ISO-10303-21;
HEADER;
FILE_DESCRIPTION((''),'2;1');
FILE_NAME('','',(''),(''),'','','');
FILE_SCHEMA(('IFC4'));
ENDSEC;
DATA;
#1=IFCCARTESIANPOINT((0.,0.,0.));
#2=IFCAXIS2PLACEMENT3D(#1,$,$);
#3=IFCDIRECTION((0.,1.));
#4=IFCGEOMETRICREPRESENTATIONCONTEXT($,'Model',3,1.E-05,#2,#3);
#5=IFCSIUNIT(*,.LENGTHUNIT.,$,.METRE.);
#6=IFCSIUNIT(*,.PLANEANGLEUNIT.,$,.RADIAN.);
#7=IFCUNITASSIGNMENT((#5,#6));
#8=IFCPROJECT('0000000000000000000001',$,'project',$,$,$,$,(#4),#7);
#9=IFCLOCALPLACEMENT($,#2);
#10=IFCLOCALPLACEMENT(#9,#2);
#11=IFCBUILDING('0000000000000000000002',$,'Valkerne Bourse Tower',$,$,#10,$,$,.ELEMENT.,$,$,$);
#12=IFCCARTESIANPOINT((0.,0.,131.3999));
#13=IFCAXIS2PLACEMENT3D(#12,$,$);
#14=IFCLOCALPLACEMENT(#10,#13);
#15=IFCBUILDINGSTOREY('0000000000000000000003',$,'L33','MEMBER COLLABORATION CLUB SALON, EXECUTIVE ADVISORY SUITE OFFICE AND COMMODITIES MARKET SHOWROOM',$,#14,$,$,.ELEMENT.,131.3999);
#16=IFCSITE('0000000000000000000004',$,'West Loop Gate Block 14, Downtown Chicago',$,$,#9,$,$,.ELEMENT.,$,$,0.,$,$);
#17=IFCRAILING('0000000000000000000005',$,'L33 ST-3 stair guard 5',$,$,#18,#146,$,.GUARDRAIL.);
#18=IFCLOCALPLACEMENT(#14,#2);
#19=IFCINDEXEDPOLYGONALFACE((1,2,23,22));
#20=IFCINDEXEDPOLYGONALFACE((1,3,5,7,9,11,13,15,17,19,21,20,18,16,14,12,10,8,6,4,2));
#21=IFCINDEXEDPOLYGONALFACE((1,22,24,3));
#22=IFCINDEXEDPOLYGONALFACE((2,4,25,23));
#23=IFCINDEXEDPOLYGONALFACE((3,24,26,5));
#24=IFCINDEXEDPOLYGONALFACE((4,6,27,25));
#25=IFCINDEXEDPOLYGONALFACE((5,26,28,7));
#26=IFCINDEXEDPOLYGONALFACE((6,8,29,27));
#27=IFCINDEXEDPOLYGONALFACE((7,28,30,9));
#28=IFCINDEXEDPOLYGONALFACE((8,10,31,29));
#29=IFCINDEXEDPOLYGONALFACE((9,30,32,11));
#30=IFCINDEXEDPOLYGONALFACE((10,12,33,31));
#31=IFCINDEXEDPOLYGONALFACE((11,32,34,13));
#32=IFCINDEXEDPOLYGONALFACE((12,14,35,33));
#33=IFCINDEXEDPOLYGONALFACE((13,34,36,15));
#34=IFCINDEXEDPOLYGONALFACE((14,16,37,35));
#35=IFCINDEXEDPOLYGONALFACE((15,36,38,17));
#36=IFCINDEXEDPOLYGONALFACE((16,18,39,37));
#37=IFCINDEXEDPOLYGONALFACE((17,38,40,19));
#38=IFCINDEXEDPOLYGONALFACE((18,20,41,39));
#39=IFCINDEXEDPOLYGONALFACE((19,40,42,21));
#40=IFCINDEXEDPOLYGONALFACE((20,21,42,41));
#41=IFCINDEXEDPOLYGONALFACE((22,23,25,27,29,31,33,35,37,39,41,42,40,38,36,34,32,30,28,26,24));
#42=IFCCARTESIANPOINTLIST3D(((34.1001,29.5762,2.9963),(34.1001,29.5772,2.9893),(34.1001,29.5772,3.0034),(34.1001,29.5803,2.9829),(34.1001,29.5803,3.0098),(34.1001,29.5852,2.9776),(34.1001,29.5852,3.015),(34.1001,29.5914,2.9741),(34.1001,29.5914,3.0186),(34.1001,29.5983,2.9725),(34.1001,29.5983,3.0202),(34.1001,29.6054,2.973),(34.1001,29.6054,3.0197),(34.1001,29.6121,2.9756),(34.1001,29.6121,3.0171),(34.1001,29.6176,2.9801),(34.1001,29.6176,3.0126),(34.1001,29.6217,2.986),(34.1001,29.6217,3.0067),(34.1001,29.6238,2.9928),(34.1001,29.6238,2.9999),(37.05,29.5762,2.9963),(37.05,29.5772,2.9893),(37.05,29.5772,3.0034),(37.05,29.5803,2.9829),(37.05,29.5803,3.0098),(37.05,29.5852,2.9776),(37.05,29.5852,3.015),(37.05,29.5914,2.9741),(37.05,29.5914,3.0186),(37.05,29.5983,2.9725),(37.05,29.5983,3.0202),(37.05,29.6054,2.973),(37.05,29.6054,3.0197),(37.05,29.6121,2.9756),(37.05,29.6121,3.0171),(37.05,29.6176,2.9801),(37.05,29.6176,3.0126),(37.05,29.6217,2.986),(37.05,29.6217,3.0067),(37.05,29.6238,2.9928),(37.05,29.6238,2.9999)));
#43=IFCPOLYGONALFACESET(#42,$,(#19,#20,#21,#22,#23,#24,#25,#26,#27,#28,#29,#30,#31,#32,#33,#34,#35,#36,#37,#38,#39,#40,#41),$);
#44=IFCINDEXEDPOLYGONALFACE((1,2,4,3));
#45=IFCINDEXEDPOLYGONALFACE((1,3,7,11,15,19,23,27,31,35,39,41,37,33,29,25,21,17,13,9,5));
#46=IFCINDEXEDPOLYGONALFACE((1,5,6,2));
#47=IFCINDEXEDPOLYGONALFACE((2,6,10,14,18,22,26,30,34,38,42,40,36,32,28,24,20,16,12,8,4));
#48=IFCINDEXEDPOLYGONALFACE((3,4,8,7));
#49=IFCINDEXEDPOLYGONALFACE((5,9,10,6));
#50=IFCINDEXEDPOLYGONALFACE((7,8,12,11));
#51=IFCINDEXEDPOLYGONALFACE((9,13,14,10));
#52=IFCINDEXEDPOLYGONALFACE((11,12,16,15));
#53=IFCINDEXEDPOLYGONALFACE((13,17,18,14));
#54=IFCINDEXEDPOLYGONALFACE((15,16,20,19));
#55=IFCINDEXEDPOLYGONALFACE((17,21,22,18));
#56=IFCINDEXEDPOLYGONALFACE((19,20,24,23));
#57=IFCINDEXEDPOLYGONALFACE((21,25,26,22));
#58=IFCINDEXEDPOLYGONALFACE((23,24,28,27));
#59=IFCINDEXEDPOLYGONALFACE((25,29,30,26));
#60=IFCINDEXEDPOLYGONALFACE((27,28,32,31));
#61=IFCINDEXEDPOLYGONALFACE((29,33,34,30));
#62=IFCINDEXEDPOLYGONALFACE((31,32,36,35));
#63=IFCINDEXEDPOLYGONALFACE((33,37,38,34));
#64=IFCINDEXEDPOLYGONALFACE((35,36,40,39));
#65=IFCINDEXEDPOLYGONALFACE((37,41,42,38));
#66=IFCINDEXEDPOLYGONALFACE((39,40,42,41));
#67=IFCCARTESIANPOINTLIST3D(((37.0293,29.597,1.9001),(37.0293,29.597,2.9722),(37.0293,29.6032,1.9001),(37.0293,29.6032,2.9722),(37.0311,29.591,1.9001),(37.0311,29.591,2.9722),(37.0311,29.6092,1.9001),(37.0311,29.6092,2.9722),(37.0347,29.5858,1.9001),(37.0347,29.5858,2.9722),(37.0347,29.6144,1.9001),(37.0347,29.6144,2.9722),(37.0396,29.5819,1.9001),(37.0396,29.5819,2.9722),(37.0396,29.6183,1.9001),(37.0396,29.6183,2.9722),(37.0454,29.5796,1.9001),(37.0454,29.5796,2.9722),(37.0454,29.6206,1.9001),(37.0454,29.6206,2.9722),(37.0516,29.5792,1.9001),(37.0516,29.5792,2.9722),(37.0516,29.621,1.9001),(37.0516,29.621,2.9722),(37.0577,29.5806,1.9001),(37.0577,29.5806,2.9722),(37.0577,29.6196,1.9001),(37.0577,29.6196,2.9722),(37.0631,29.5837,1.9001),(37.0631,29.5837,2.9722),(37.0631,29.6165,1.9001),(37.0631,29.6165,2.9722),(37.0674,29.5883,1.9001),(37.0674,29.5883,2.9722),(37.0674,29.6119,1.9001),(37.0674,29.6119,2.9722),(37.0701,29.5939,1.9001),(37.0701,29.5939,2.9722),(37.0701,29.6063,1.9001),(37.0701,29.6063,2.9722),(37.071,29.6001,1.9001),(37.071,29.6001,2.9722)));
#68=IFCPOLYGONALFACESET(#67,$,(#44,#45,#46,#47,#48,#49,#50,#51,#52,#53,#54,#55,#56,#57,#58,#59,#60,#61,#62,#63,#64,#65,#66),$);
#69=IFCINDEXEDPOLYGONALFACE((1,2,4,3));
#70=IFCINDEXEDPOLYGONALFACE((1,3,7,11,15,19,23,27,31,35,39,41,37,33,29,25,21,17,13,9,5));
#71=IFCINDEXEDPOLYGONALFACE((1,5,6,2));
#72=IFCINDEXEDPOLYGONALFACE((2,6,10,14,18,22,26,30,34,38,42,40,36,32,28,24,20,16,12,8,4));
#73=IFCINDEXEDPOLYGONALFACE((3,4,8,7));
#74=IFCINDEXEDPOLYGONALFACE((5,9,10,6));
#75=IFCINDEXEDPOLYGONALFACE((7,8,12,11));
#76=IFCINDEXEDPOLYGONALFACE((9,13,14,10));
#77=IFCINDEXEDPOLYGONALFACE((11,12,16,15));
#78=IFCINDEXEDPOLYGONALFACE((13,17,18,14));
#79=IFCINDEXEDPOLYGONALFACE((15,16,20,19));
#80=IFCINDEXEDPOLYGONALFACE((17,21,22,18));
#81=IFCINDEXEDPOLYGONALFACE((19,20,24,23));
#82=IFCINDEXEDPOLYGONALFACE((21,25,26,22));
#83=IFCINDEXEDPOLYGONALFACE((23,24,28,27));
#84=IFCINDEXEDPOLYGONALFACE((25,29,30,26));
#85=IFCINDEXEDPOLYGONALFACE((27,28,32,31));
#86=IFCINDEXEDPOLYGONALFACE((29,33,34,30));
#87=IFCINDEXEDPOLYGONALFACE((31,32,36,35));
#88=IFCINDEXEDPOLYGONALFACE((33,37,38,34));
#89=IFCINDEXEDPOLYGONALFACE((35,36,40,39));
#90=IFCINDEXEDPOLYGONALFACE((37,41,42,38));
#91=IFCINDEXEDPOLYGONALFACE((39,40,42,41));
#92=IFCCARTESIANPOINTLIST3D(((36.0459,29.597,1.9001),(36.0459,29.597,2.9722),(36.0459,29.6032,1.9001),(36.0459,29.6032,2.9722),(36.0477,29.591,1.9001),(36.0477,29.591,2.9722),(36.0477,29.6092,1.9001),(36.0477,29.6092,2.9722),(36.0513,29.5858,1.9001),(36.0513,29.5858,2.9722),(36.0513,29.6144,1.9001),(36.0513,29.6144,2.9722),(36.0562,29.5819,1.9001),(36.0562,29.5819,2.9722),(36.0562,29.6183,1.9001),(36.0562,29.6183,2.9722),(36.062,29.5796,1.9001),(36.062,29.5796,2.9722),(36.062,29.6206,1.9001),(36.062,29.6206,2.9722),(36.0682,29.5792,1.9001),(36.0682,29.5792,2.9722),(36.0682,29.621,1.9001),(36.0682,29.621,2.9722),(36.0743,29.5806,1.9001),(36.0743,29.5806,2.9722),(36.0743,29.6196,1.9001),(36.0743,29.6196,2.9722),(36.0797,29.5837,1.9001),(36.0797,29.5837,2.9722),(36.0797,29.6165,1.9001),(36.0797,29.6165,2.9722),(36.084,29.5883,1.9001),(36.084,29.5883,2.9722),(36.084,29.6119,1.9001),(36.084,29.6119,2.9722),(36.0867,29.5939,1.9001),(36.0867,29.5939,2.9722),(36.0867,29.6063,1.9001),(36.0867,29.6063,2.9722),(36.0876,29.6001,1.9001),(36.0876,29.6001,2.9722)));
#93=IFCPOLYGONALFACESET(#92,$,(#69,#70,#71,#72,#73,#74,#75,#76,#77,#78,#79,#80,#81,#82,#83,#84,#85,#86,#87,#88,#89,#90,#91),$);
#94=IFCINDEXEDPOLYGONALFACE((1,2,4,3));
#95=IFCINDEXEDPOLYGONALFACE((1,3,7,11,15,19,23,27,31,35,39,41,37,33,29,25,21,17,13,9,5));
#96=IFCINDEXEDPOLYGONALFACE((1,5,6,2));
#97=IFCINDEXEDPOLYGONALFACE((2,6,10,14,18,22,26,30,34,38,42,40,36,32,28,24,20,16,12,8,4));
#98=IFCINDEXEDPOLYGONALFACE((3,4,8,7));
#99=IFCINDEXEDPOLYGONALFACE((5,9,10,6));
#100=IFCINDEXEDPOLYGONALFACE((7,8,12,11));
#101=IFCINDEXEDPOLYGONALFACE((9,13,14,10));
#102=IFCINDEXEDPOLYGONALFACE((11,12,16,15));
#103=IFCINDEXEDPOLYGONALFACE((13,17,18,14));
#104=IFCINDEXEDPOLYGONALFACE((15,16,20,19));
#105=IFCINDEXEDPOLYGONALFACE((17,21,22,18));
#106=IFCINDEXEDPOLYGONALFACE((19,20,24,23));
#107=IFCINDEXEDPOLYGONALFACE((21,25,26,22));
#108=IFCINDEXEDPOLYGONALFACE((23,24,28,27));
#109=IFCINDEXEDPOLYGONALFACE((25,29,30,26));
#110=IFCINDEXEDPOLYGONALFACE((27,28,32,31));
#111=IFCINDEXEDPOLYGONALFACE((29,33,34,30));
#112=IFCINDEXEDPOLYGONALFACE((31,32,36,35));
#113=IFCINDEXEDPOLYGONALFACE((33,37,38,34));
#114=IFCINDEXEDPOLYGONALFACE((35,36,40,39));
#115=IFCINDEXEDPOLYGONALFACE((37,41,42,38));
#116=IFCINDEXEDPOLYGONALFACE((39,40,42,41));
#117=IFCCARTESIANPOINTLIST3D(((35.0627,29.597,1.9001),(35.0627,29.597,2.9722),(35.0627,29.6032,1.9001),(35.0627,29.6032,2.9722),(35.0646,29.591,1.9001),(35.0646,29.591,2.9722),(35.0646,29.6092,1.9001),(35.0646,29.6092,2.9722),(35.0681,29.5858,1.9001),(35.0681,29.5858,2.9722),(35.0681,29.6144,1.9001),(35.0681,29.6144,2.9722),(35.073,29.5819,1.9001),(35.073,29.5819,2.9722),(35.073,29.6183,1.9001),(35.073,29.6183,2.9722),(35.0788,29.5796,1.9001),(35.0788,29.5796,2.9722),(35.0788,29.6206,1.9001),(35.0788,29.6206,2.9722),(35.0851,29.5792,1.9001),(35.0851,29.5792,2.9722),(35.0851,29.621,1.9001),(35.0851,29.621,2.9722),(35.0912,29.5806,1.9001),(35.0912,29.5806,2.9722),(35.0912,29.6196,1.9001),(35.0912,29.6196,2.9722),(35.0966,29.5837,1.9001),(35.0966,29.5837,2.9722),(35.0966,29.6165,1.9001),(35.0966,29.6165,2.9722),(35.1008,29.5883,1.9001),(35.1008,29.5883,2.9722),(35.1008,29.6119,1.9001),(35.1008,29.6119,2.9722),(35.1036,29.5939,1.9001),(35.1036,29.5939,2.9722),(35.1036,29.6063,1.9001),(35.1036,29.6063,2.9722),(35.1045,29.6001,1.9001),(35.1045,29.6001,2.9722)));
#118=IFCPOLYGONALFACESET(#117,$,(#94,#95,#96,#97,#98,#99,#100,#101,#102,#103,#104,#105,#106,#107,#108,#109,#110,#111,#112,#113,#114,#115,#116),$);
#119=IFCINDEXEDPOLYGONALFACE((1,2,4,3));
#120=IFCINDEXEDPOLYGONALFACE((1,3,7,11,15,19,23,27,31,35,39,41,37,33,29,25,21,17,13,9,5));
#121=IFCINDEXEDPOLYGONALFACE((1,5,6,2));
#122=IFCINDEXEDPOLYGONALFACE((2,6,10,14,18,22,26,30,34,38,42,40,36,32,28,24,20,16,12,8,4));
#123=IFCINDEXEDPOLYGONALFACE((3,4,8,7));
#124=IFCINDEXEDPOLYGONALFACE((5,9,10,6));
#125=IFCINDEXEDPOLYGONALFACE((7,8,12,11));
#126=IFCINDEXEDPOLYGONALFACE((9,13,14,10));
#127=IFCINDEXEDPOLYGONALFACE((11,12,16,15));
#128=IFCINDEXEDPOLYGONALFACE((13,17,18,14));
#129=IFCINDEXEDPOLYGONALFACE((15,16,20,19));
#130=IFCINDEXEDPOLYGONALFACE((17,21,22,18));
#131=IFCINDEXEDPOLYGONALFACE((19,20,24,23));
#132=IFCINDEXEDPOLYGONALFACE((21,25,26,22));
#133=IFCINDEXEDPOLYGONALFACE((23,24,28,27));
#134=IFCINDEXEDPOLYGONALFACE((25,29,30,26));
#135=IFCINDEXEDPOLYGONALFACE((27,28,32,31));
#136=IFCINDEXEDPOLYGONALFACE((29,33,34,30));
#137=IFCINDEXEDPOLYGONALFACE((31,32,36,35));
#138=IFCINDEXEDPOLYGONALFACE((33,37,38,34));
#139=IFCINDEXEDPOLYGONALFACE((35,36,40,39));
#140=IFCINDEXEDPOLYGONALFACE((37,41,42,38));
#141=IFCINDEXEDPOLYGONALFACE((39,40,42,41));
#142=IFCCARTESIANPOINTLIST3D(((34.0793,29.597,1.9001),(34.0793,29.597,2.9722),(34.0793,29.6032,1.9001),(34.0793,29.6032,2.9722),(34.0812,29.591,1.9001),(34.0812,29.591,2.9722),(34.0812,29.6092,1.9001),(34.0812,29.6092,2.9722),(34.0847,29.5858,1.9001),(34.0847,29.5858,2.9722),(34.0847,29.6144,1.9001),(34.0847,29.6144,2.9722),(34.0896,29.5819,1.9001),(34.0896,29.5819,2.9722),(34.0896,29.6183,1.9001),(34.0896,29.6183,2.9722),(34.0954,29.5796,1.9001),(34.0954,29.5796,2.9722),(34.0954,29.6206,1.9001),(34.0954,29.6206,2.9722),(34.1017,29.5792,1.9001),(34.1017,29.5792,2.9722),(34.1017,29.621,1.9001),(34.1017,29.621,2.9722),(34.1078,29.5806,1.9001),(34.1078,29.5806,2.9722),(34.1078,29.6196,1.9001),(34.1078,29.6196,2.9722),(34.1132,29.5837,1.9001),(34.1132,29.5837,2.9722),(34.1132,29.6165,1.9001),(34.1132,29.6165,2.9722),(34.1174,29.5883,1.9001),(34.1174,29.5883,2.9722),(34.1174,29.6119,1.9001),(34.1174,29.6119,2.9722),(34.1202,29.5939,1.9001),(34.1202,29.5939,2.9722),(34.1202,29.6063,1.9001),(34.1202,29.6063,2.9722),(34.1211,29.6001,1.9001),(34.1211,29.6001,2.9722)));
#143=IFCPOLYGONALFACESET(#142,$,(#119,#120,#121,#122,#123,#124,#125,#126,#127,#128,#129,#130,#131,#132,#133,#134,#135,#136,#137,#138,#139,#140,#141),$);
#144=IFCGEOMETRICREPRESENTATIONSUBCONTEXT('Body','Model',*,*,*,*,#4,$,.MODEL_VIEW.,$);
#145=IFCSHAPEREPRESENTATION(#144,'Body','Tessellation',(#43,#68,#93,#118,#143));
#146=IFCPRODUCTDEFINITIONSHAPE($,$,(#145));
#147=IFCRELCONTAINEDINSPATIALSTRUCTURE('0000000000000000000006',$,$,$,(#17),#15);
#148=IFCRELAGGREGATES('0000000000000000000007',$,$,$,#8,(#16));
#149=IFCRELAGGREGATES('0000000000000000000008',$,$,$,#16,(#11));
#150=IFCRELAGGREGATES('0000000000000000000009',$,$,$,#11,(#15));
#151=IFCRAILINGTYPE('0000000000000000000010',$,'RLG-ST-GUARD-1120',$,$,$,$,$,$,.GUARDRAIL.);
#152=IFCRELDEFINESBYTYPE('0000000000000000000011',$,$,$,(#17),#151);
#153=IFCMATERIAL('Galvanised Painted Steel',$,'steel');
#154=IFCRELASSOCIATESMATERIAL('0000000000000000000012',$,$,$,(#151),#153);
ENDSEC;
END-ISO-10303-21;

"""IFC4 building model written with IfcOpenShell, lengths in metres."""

from ifc_helpers import new_model, si_unit, direction, frame, origin, origin_2d, place, context, subcontext, project, spatial, circle, extrude, material, type_object, element, save


model = new_model("IFC4")

# Units and contexts
model_context = context("Model", 3, precision=1e-05, world=origin(), true_north=direction((0.0, 1.0)))
body_context = subcontext(model_context, "Body", "Model", "MODEL_VIEW")
ifc_project = project(units=[si_unit("LENGTHUNIT", "METRE"), si_unit("PLANEANGLEUNIT", "RADIAN")], contexts=[model_context])

# Site, building, storey
site_placement = place(None, origin())
site = spatial("IfcSite", under=ifc_project, at=site_placement, Name="West Loop Gate Block 14, Downtown Chicago", CompositionType="ELEMENT", RefElevation=0.0)
building_placement = place(site_placement, origin())
building = spatial("IfcBuilding", under=site, at=building_placement, Name="Valkerne Bourse Tower", CompositionType="ELEMENT")
storey_placement = place(building_placement, frame((0.0, 0.0, 131.3999)))
storey = spatial("IfcBuildingStorey", under=building, at=storey_placement, Name="L33", Description="MEMBER COLLABORATION CLUB SALON, EXECUTIVE ADVISORY SUITE OFFICE AND COMMODITIES MARKET SHOWROOM", CompositionType="ELEMENT", Elevation=131.3999)

# Shared definitions
ifc_material_1 = material(Name="Galvanised Painted Steel", Category="steel")

# Railing
railing_type_1 = type_object("IfcRailingType", Name="RLG-ST-GUARD-1120", PredefinedType="GUARDRAIL", material=ifc_material_1)
railing_1_placement = place(storey_placement, frame((37.05, 29.6001, 1.9001)))
element("IfcRailing", 1, at=railing_1_placement, inside=storey, type_object=railing_type_1, Name="L33 ST-3 stair guard 5", PredefinedType="GUARDRAIL", context=body_context, shape_type="SweptSolid", body=[
    extrude(circle(Radius=0.0239, at=origin_2d()), frame((0.0, 0.0, 1.0962), z_axis=(-1.0, 0.0, 0.0), x_axis=(0.0, -1.0, 0.0)), (0.0, 0.0, 1.0), 2.95),
    extrude(circle(Radius=0.021, at=origin_2d()), origin(), (0.0, 0.0, 1.0), 1.072),
    extrude(circle(Radius=0.021, at=origin_2d()), frame((-0.9834, 0.0, 0.0)), (0.0, 0.0, 1.0), 1.072),
    extrude(circle(Radius=0.021, at=origin_2d()), frame((-1.9666, 0.0, 0.0)), (0.0, 0.0, 1.0), 1.072),
    extrude(circle(Radius=0.021, at=origin_2d()), frame((-2.95, 0.0, 0.0)), (0.0, 0.0, 1.0), 1.072),
])

save(model, "model.ifc")
